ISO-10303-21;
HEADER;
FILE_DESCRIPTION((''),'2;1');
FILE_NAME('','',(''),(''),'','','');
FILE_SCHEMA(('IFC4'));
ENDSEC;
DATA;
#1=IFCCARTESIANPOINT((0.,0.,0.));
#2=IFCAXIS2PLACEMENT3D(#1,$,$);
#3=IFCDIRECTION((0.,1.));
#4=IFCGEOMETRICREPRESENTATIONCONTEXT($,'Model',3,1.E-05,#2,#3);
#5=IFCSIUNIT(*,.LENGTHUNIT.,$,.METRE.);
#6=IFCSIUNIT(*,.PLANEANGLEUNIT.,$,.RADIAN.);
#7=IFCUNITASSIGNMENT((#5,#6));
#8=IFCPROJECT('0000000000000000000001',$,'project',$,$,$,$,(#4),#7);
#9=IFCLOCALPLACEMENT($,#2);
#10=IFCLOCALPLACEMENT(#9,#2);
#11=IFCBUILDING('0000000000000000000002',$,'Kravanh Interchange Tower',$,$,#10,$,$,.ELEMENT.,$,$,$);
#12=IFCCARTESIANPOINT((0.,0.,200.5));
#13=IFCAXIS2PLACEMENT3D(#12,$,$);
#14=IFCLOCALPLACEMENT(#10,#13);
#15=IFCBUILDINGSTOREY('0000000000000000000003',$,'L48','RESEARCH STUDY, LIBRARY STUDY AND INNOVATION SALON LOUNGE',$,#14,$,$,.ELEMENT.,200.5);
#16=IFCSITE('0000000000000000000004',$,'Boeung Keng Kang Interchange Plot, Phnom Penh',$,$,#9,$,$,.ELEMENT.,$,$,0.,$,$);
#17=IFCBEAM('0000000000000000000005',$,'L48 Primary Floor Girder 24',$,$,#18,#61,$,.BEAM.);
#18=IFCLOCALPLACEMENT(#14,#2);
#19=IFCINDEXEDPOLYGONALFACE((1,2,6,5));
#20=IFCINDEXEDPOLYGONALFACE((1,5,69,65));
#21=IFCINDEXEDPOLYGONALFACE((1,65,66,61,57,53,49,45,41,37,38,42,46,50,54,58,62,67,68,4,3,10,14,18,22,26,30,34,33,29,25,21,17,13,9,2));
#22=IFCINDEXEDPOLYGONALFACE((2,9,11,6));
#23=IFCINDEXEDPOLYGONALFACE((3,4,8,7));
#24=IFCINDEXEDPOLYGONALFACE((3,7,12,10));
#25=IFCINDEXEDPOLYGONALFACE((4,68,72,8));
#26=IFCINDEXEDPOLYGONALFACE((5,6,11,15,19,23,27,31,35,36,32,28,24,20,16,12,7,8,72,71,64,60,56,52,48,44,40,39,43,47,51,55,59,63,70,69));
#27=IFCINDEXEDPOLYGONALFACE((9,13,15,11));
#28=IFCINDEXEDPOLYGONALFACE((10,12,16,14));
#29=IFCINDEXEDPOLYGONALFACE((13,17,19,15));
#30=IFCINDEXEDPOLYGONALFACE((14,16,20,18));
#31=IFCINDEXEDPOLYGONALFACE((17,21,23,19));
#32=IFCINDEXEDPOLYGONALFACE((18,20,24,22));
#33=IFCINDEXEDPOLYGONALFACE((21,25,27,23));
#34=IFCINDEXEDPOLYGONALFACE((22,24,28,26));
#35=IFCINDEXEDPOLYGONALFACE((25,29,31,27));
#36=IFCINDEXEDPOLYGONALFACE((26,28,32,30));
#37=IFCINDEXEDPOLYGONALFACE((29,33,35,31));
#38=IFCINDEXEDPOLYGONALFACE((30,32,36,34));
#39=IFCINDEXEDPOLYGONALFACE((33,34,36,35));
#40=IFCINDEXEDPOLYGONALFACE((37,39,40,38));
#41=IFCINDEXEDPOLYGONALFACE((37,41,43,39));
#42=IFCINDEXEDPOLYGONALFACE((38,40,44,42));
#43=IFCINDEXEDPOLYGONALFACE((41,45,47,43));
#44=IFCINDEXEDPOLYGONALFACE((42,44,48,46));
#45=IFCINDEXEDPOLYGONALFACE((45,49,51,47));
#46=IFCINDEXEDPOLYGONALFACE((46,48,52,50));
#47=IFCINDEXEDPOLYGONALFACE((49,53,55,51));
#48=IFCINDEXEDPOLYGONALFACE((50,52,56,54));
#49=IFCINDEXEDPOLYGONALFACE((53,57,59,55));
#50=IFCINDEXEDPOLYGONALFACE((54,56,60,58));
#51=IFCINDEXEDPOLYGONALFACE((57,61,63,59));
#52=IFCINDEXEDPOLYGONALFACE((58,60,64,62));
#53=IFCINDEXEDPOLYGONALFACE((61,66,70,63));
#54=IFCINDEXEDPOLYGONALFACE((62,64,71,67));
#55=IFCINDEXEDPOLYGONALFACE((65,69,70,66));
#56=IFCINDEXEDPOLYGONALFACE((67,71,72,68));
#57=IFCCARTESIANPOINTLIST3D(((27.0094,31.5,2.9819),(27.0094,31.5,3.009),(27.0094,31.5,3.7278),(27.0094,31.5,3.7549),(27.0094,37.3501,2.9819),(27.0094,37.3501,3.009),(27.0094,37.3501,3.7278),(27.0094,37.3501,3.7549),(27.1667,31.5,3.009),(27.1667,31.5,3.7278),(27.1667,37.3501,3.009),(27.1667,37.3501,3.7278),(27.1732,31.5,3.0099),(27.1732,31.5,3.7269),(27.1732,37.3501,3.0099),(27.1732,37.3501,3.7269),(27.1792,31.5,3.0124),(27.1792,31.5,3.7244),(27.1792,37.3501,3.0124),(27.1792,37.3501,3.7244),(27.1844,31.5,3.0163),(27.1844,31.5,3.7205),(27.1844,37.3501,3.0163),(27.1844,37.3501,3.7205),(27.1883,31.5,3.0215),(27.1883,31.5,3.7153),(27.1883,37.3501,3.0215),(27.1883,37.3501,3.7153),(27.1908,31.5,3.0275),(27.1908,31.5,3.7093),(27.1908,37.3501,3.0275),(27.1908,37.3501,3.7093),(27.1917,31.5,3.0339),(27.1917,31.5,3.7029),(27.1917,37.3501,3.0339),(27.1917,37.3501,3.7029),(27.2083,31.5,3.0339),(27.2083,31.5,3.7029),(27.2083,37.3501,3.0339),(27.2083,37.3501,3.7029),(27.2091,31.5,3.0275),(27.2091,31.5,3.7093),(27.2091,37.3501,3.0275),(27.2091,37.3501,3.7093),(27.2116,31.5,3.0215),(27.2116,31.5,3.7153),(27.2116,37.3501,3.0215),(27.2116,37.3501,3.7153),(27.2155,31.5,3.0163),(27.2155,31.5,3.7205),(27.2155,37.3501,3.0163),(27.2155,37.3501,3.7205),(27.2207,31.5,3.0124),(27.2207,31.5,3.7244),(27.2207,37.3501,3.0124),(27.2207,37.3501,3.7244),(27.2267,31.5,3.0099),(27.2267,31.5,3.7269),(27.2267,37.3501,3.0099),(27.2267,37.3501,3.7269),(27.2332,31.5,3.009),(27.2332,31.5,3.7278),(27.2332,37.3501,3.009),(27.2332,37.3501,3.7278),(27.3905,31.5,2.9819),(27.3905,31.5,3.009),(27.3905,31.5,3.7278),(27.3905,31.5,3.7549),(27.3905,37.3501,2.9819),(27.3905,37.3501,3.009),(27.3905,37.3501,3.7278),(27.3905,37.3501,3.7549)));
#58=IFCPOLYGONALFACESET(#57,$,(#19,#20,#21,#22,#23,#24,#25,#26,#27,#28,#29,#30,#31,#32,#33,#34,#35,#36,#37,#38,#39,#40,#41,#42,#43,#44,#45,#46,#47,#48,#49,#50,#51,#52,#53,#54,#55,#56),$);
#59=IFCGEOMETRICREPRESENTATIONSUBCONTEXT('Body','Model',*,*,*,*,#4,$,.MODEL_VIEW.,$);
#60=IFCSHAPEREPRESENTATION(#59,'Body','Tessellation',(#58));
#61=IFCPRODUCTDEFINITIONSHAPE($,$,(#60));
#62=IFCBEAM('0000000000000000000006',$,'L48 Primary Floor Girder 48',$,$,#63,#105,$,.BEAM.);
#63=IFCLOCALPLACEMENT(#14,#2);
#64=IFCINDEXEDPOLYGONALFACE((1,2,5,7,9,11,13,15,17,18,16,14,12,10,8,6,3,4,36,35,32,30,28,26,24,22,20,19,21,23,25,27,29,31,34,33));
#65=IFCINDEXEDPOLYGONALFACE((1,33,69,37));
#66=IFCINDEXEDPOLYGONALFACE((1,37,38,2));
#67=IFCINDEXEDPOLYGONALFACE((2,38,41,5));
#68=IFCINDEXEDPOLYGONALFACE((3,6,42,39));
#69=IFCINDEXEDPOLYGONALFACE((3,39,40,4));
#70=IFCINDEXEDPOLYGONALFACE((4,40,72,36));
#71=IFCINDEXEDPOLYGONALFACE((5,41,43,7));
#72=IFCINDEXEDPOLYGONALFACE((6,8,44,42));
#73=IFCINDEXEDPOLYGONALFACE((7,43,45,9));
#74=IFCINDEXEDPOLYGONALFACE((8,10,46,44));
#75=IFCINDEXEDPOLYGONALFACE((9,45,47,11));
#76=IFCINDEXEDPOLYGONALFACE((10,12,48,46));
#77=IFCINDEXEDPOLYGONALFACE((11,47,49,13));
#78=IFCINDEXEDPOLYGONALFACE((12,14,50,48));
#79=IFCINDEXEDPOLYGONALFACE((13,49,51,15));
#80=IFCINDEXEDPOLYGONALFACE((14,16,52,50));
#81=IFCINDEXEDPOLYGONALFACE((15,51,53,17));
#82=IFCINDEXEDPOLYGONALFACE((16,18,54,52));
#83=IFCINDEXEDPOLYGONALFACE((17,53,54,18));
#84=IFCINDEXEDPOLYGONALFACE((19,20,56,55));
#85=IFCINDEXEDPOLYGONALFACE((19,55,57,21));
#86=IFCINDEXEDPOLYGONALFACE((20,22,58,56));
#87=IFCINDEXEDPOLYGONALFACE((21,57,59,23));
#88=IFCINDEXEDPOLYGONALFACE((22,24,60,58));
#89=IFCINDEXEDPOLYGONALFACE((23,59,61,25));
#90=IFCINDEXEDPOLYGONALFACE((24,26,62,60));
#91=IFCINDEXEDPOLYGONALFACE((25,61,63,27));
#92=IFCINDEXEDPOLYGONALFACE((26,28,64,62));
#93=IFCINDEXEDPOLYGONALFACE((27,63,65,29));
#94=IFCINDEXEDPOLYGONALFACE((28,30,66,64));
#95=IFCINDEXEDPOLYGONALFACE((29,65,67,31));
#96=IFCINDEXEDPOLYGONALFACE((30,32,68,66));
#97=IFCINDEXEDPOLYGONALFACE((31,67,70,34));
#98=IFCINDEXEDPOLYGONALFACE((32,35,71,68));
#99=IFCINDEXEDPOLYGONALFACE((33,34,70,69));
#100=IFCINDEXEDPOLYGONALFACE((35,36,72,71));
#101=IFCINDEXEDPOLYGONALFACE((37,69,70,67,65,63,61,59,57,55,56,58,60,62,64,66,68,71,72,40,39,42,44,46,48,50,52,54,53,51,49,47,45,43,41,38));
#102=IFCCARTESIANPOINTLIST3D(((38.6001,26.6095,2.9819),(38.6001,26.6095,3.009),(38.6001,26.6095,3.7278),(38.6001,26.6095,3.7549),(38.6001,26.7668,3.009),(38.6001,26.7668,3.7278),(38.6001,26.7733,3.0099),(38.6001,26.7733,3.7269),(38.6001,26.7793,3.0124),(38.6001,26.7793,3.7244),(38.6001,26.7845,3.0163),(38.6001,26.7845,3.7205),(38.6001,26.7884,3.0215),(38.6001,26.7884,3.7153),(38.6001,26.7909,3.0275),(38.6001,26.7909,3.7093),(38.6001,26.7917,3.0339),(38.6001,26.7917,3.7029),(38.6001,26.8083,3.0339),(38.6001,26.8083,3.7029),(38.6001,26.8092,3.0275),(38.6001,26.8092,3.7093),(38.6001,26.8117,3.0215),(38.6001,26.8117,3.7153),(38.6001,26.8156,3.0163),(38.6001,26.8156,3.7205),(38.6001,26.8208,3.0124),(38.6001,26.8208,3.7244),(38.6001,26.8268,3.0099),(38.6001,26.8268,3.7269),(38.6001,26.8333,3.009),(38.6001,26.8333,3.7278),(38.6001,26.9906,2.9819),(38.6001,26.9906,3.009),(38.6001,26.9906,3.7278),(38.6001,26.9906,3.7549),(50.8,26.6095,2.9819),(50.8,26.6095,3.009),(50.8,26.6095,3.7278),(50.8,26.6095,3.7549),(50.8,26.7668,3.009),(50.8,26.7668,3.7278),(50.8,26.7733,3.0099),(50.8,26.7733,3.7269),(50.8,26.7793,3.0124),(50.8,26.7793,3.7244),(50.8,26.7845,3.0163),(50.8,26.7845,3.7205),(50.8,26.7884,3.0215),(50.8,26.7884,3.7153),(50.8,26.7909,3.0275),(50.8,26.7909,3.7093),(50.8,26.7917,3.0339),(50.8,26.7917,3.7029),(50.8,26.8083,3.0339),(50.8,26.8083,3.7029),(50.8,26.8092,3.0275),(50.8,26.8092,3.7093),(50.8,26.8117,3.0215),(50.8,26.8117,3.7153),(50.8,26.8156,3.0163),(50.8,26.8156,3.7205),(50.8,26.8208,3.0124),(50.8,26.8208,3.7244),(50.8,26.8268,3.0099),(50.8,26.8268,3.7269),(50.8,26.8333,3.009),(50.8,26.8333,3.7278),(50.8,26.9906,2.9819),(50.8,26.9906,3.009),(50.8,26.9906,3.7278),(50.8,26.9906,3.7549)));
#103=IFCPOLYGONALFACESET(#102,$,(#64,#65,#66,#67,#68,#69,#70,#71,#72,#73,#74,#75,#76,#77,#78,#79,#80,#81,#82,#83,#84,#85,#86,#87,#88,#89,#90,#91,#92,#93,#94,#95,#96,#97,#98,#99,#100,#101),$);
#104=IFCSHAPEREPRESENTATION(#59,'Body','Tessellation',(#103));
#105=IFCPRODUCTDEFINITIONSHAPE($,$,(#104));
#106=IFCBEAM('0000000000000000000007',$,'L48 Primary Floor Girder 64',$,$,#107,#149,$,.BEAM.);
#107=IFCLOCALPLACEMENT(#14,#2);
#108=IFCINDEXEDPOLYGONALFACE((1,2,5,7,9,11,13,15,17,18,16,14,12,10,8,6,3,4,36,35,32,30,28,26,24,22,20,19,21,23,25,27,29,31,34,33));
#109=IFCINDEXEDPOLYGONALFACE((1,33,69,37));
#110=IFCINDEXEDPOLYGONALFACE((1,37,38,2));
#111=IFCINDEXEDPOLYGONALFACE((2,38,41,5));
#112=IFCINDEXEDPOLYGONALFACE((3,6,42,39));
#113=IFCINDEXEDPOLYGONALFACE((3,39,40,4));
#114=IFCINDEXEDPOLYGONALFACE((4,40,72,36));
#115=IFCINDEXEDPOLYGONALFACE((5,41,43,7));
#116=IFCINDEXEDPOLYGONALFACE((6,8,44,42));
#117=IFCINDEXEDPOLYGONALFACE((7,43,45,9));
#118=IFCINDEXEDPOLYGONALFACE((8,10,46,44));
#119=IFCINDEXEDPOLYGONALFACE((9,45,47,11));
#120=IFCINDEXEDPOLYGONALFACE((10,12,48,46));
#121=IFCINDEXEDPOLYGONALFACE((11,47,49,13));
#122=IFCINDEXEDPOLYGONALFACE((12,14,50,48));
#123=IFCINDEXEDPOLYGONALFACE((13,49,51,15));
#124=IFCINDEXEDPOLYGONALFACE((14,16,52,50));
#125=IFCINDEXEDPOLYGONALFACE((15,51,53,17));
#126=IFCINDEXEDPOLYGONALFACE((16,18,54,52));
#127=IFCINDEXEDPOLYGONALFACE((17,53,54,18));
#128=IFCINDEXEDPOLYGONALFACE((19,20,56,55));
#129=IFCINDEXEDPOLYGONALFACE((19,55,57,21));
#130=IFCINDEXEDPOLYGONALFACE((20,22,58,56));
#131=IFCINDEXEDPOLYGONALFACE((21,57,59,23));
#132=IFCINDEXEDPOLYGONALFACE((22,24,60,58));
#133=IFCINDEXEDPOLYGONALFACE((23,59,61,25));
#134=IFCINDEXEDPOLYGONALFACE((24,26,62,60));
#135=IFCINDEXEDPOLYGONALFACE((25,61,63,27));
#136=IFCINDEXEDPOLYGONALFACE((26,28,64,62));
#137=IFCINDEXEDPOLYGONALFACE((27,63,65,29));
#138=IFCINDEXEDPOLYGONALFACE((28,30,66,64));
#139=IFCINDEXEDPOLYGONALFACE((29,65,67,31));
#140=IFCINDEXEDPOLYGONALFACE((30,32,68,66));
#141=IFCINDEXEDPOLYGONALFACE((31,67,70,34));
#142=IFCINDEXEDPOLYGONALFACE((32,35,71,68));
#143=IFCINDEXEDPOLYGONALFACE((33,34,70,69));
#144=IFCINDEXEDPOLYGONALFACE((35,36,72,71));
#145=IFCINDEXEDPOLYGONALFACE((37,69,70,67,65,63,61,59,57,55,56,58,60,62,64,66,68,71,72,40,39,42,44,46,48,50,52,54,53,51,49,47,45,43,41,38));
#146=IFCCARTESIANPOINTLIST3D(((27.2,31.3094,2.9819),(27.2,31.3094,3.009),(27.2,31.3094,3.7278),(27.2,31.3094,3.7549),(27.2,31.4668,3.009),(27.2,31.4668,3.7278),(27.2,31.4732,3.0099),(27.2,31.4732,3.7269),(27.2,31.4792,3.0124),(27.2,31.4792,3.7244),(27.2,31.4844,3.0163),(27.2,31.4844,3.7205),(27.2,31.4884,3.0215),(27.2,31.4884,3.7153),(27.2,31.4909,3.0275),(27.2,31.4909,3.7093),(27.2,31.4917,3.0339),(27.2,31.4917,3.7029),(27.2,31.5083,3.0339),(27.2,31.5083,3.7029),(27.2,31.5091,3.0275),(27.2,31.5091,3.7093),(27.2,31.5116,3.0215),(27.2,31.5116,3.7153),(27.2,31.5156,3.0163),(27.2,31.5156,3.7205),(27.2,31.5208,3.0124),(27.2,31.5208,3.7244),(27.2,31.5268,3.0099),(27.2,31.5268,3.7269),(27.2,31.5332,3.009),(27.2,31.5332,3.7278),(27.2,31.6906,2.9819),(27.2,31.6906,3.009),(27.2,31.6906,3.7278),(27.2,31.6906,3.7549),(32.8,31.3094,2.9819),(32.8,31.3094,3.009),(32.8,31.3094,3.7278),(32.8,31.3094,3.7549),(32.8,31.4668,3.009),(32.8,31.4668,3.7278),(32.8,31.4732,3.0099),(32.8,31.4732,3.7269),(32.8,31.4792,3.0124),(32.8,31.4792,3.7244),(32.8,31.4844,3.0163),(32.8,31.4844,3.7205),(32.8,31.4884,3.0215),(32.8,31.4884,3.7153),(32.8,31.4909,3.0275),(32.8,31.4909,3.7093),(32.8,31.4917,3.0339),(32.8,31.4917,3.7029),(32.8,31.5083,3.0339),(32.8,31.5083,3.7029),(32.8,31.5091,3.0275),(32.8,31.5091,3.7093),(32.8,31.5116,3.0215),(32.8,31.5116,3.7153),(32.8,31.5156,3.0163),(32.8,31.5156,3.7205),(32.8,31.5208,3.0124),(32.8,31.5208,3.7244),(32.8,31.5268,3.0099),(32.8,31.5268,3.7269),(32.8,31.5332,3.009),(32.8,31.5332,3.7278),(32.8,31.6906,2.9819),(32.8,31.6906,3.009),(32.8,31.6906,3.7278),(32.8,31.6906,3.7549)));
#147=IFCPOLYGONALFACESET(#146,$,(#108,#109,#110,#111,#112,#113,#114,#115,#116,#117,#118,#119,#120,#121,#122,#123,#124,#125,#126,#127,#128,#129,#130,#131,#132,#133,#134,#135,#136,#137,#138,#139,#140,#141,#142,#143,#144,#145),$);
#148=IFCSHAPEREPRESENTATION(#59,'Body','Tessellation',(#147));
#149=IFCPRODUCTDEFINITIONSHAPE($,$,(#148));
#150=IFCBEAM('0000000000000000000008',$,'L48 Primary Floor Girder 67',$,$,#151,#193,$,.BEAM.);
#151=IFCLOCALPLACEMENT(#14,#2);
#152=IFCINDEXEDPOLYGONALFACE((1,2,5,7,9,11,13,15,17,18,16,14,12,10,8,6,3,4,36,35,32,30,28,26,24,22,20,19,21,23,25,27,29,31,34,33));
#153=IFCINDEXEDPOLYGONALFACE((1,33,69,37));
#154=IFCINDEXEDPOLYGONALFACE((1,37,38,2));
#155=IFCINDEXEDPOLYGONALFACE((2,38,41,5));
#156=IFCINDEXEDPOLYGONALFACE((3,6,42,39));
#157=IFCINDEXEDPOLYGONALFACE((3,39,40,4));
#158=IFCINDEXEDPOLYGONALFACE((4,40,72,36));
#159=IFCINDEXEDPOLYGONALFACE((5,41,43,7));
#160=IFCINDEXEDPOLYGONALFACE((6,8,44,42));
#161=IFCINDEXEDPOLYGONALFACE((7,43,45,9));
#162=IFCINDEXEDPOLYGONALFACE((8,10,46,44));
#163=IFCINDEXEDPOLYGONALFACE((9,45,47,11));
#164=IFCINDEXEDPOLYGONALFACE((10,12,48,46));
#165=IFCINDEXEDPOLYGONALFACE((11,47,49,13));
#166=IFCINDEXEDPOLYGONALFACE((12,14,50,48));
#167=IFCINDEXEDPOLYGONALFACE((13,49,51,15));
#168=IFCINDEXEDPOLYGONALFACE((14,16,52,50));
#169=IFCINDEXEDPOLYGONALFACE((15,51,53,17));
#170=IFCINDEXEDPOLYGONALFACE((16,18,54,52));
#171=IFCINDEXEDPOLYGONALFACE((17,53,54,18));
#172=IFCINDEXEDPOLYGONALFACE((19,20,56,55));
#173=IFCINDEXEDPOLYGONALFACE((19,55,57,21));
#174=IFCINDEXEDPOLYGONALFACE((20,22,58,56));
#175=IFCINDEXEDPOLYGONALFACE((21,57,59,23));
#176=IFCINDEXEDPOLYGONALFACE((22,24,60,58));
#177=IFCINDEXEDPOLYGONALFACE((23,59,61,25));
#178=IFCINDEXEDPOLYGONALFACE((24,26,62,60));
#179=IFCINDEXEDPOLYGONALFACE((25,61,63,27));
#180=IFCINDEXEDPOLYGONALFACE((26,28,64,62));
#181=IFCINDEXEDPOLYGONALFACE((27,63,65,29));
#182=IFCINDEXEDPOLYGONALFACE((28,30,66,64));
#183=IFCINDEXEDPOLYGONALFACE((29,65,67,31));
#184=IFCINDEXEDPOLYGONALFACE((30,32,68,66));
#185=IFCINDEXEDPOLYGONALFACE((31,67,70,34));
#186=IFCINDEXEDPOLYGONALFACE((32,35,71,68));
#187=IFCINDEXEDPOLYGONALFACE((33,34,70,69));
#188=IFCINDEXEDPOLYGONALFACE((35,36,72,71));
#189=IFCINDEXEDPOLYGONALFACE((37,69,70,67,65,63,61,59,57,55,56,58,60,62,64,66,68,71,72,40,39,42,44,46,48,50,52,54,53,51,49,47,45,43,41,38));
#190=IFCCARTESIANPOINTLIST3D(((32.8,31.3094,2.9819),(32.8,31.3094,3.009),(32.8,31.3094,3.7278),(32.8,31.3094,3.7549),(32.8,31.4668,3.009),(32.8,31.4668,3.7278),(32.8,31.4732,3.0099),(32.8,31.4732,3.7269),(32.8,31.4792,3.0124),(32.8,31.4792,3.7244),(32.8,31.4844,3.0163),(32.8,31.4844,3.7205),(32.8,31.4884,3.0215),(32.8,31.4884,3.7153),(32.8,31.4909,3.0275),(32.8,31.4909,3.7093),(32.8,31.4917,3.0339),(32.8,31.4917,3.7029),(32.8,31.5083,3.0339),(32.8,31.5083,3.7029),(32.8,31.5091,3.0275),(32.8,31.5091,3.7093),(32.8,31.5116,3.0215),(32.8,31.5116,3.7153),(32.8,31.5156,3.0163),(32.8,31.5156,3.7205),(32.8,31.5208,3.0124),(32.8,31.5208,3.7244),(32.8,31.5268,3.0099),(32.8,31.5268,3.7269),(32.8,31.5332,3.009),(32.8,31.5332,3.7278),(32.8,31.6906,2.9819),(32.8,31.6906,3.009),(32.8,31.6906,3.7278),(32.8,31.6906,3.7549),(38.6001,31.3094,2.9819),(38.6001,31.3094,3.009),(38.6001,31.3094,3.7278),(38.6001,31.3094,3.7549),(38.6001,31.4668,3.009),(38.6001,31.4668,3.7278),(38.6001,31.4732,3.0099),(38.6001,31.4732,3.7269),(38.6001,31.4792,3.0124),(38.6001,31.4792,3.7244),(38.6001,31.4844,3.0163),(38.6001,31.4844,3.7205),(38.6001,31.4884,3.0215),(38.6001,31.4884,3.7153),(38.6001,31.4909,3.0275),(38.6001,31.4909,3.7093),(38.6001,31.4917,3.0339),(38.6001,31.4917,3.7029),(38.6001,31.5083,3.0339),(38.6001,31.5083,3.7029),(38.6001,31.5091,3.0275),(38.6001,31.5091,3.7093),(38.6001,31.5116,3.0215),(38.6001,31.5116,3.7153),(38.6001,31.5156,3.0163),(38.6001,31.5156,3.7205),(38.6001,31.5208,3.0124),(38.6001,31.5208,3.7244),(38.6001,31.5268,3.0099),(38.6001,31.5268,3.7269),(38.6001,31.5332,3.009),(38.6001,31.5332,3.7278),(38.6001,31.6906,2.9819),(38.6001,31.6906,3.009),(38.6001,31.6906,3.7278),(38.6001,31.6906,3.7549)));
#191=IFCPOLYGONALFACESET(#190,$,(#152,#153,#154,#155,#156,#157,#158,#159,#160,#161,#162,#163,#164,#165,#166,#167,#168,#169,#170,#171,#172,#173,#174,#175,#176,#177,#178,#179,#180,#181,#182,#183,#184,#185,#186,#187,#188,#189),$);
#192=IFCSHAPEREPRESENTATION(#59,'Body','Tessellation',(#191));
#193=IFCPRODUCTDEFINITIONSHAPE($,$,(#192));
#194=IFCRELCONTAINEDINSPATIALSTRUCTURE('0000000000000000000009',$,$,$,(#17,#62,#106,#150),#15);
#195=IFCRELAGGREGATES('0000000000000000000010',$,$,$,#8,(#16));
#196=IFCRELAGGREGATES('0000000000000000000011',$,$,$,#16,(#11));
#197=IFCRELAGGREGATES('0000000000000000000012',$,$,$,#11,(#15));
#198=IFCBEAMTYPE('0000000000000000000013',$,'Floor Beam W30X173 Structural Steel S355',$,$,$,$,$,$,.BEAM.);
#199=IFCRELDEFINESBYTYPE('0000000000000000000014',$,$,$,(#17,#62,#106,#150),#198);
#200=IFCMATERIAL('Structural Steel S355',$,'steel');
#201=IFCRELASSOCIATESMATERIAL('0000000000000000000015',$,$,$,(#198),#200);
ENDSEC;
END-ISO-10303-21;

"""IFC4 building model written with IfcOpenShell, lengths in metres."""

from ifc_helpers import new_model, si_unit, direction, frame, origin, origin_2d, place, context, subcontext, project, spatial, i_section, extrude, material, material_profile, profile_set, type_object, element, save


model = new_model("IFC4")

# Units and contexts
model_context = context("Model", 3, precision=1e-05, world=origin(), true_north=direction((0.0, 1.0)))
body_context = subcontext(model_context, "Body", "Model", "MODEL_VIEW")
ifc_project = project(units=[si_unit("LENGTHUNIT", "METRE"), si_unit("PLANEANGLEUNIT", "RADIAN")], contexts=[model_context])

# Site, building, storey
site_placement = place(None, origin())
site = spatial("IfcSite", under=ifc_project, at=site_placement, Name="Boeung Keng Kang Interchange Plot, Phnom Penh", CompositionType="ELEMENT", RefElevation=0.0)
building_placement = place(site_placement, origin())
building = spatial("IfcBuilding", under=site, at=building_placement, Name="Kravanh Interchange Tower", CompositionType="ELEMENT")
storey_placement = place(building_placement, frame((0.0, 0.0, 200.5)))
storey = spatial("IfcBuildingStorey", under=building, at=storey_placement, Name="L48", Description="RESEARCH STUDY, LIBRARY STUDY AND INNOVATION SALON LOUNGE", CompositionType="ELEMENT", Elevation=200.5)

# Beams
ifc_material_1 = material(Name="Structural Steel S355", Category="steel")
ifc_material_profile_1 = material_profile(ifc_material_1, i_section(OverallWidth=0.3811, OverallDepth=0.7729, WebThickness=0.0166, FlangeThickness=0.0271, FilletRadius=0.0249, at=origin_2d()), Name="W30X173")
ifc_profile_set_1 = profile_set([ifc_material_profile_1], Name="Structural Steel S355")
beam_type_1 = type_object("IfcBeamType", Name="Floor Beam W30X173 Structural Steel S355", PredefinedType="BEAM", material=ifc_profile_set_1)
beam_1_placement = place(storey_placement, frame((27.2, 37.3501, 3.3684), z_axis=(0.0, -1.0, 0.0), x_axis=(1.0, 0.0, 0.0)))
element("IfcBeam", 1, at=beam_1_placement, inside=storey, type_object=beam_type_1, Name="L48 Primary Floor Girder 24", PredefinedType="BEAM", context=body_context, shape_type="SweptSolid", body=[
    extrude(i_section(OverallWidth=0.3811, OverallDepth=0.7729, WebThickness=0.0166, FlangeThickness=0.0271, FilletRadius=0.0249, at=origin_2d()), origin(), (0.0, 0.0, 1.0), 5.8501),
])
beam_2_placement = place(storey_placement, frame((38.6001, 26.8, 3.3684), z_axis=(1.0, 0.0, 0.0), x_axis=(0.0, 1.0, 0.0)))
element("IfcBeam", 2, at=beam_2_placement, inside=storey, type_object=beam_type_1, Name="L48 Primary Floor Girder 48", PredefinedType="BEAM", context=body_context, shape_type="SweptSolid", body=[
    extrude(i_section(OverallWidth=0.3811, OverallDepth=0.7729, WebThickness=0.0166, FlangeThickness=0.0271, FilletRadius=0.0249, at=origin_2d()), origin(), (0.0, 0.0, 1.0), 12.2),
])
beam_3_placement = place(storey_placement, frame((27.2, 31.5, 3.3684), z_axis=(1.0, 0.0, 0.0), x_axis=(0.0, 1.0, 0.0)))
element("IfcBeam", 3, at=beam_3_placement, inside=storey, type_object=beam_type_1, Name="L48 Primary Floor Girder 64", PredefinedType="BEAM", context=body_context, shape_type="SweptSolid", body=[
    extrude(i_section(OverallWidth=0.3811, OverallDepth=0.7729, WebThickness=0.0166, FlangeThickness=0.0271, FilletRadius=0.0249, at=origin_2d()), origin(), (0.0, 0.0, 1.0), 5.6001),
])
beam_4_placement = place(storey_placement, frame((32.8, 31.5, 3.3684), z_axis=(1.0, 0.0, 0.0), x_axis=(0.0, 1.0, 0.0)))
element("IfcBeam", 4, at=beam_4_placement, inside=storey, type_object=beam_type_1, Name="L48 Primary Floor Girder 67", PredefinedType="BEAM", context=body_context, shape_type="SweptSolid", body=[
    extrude(i_section(OverallWidth=0.3811, OverallDepth=0.7729, WebThickness=0.0166, FlangeThickness=0.0271, FilletRadius=0.0249, at=origin_2d()), origin(), (0.0, 0.0, 1.0), 5.8),
])

save(model, "model.ifc")
